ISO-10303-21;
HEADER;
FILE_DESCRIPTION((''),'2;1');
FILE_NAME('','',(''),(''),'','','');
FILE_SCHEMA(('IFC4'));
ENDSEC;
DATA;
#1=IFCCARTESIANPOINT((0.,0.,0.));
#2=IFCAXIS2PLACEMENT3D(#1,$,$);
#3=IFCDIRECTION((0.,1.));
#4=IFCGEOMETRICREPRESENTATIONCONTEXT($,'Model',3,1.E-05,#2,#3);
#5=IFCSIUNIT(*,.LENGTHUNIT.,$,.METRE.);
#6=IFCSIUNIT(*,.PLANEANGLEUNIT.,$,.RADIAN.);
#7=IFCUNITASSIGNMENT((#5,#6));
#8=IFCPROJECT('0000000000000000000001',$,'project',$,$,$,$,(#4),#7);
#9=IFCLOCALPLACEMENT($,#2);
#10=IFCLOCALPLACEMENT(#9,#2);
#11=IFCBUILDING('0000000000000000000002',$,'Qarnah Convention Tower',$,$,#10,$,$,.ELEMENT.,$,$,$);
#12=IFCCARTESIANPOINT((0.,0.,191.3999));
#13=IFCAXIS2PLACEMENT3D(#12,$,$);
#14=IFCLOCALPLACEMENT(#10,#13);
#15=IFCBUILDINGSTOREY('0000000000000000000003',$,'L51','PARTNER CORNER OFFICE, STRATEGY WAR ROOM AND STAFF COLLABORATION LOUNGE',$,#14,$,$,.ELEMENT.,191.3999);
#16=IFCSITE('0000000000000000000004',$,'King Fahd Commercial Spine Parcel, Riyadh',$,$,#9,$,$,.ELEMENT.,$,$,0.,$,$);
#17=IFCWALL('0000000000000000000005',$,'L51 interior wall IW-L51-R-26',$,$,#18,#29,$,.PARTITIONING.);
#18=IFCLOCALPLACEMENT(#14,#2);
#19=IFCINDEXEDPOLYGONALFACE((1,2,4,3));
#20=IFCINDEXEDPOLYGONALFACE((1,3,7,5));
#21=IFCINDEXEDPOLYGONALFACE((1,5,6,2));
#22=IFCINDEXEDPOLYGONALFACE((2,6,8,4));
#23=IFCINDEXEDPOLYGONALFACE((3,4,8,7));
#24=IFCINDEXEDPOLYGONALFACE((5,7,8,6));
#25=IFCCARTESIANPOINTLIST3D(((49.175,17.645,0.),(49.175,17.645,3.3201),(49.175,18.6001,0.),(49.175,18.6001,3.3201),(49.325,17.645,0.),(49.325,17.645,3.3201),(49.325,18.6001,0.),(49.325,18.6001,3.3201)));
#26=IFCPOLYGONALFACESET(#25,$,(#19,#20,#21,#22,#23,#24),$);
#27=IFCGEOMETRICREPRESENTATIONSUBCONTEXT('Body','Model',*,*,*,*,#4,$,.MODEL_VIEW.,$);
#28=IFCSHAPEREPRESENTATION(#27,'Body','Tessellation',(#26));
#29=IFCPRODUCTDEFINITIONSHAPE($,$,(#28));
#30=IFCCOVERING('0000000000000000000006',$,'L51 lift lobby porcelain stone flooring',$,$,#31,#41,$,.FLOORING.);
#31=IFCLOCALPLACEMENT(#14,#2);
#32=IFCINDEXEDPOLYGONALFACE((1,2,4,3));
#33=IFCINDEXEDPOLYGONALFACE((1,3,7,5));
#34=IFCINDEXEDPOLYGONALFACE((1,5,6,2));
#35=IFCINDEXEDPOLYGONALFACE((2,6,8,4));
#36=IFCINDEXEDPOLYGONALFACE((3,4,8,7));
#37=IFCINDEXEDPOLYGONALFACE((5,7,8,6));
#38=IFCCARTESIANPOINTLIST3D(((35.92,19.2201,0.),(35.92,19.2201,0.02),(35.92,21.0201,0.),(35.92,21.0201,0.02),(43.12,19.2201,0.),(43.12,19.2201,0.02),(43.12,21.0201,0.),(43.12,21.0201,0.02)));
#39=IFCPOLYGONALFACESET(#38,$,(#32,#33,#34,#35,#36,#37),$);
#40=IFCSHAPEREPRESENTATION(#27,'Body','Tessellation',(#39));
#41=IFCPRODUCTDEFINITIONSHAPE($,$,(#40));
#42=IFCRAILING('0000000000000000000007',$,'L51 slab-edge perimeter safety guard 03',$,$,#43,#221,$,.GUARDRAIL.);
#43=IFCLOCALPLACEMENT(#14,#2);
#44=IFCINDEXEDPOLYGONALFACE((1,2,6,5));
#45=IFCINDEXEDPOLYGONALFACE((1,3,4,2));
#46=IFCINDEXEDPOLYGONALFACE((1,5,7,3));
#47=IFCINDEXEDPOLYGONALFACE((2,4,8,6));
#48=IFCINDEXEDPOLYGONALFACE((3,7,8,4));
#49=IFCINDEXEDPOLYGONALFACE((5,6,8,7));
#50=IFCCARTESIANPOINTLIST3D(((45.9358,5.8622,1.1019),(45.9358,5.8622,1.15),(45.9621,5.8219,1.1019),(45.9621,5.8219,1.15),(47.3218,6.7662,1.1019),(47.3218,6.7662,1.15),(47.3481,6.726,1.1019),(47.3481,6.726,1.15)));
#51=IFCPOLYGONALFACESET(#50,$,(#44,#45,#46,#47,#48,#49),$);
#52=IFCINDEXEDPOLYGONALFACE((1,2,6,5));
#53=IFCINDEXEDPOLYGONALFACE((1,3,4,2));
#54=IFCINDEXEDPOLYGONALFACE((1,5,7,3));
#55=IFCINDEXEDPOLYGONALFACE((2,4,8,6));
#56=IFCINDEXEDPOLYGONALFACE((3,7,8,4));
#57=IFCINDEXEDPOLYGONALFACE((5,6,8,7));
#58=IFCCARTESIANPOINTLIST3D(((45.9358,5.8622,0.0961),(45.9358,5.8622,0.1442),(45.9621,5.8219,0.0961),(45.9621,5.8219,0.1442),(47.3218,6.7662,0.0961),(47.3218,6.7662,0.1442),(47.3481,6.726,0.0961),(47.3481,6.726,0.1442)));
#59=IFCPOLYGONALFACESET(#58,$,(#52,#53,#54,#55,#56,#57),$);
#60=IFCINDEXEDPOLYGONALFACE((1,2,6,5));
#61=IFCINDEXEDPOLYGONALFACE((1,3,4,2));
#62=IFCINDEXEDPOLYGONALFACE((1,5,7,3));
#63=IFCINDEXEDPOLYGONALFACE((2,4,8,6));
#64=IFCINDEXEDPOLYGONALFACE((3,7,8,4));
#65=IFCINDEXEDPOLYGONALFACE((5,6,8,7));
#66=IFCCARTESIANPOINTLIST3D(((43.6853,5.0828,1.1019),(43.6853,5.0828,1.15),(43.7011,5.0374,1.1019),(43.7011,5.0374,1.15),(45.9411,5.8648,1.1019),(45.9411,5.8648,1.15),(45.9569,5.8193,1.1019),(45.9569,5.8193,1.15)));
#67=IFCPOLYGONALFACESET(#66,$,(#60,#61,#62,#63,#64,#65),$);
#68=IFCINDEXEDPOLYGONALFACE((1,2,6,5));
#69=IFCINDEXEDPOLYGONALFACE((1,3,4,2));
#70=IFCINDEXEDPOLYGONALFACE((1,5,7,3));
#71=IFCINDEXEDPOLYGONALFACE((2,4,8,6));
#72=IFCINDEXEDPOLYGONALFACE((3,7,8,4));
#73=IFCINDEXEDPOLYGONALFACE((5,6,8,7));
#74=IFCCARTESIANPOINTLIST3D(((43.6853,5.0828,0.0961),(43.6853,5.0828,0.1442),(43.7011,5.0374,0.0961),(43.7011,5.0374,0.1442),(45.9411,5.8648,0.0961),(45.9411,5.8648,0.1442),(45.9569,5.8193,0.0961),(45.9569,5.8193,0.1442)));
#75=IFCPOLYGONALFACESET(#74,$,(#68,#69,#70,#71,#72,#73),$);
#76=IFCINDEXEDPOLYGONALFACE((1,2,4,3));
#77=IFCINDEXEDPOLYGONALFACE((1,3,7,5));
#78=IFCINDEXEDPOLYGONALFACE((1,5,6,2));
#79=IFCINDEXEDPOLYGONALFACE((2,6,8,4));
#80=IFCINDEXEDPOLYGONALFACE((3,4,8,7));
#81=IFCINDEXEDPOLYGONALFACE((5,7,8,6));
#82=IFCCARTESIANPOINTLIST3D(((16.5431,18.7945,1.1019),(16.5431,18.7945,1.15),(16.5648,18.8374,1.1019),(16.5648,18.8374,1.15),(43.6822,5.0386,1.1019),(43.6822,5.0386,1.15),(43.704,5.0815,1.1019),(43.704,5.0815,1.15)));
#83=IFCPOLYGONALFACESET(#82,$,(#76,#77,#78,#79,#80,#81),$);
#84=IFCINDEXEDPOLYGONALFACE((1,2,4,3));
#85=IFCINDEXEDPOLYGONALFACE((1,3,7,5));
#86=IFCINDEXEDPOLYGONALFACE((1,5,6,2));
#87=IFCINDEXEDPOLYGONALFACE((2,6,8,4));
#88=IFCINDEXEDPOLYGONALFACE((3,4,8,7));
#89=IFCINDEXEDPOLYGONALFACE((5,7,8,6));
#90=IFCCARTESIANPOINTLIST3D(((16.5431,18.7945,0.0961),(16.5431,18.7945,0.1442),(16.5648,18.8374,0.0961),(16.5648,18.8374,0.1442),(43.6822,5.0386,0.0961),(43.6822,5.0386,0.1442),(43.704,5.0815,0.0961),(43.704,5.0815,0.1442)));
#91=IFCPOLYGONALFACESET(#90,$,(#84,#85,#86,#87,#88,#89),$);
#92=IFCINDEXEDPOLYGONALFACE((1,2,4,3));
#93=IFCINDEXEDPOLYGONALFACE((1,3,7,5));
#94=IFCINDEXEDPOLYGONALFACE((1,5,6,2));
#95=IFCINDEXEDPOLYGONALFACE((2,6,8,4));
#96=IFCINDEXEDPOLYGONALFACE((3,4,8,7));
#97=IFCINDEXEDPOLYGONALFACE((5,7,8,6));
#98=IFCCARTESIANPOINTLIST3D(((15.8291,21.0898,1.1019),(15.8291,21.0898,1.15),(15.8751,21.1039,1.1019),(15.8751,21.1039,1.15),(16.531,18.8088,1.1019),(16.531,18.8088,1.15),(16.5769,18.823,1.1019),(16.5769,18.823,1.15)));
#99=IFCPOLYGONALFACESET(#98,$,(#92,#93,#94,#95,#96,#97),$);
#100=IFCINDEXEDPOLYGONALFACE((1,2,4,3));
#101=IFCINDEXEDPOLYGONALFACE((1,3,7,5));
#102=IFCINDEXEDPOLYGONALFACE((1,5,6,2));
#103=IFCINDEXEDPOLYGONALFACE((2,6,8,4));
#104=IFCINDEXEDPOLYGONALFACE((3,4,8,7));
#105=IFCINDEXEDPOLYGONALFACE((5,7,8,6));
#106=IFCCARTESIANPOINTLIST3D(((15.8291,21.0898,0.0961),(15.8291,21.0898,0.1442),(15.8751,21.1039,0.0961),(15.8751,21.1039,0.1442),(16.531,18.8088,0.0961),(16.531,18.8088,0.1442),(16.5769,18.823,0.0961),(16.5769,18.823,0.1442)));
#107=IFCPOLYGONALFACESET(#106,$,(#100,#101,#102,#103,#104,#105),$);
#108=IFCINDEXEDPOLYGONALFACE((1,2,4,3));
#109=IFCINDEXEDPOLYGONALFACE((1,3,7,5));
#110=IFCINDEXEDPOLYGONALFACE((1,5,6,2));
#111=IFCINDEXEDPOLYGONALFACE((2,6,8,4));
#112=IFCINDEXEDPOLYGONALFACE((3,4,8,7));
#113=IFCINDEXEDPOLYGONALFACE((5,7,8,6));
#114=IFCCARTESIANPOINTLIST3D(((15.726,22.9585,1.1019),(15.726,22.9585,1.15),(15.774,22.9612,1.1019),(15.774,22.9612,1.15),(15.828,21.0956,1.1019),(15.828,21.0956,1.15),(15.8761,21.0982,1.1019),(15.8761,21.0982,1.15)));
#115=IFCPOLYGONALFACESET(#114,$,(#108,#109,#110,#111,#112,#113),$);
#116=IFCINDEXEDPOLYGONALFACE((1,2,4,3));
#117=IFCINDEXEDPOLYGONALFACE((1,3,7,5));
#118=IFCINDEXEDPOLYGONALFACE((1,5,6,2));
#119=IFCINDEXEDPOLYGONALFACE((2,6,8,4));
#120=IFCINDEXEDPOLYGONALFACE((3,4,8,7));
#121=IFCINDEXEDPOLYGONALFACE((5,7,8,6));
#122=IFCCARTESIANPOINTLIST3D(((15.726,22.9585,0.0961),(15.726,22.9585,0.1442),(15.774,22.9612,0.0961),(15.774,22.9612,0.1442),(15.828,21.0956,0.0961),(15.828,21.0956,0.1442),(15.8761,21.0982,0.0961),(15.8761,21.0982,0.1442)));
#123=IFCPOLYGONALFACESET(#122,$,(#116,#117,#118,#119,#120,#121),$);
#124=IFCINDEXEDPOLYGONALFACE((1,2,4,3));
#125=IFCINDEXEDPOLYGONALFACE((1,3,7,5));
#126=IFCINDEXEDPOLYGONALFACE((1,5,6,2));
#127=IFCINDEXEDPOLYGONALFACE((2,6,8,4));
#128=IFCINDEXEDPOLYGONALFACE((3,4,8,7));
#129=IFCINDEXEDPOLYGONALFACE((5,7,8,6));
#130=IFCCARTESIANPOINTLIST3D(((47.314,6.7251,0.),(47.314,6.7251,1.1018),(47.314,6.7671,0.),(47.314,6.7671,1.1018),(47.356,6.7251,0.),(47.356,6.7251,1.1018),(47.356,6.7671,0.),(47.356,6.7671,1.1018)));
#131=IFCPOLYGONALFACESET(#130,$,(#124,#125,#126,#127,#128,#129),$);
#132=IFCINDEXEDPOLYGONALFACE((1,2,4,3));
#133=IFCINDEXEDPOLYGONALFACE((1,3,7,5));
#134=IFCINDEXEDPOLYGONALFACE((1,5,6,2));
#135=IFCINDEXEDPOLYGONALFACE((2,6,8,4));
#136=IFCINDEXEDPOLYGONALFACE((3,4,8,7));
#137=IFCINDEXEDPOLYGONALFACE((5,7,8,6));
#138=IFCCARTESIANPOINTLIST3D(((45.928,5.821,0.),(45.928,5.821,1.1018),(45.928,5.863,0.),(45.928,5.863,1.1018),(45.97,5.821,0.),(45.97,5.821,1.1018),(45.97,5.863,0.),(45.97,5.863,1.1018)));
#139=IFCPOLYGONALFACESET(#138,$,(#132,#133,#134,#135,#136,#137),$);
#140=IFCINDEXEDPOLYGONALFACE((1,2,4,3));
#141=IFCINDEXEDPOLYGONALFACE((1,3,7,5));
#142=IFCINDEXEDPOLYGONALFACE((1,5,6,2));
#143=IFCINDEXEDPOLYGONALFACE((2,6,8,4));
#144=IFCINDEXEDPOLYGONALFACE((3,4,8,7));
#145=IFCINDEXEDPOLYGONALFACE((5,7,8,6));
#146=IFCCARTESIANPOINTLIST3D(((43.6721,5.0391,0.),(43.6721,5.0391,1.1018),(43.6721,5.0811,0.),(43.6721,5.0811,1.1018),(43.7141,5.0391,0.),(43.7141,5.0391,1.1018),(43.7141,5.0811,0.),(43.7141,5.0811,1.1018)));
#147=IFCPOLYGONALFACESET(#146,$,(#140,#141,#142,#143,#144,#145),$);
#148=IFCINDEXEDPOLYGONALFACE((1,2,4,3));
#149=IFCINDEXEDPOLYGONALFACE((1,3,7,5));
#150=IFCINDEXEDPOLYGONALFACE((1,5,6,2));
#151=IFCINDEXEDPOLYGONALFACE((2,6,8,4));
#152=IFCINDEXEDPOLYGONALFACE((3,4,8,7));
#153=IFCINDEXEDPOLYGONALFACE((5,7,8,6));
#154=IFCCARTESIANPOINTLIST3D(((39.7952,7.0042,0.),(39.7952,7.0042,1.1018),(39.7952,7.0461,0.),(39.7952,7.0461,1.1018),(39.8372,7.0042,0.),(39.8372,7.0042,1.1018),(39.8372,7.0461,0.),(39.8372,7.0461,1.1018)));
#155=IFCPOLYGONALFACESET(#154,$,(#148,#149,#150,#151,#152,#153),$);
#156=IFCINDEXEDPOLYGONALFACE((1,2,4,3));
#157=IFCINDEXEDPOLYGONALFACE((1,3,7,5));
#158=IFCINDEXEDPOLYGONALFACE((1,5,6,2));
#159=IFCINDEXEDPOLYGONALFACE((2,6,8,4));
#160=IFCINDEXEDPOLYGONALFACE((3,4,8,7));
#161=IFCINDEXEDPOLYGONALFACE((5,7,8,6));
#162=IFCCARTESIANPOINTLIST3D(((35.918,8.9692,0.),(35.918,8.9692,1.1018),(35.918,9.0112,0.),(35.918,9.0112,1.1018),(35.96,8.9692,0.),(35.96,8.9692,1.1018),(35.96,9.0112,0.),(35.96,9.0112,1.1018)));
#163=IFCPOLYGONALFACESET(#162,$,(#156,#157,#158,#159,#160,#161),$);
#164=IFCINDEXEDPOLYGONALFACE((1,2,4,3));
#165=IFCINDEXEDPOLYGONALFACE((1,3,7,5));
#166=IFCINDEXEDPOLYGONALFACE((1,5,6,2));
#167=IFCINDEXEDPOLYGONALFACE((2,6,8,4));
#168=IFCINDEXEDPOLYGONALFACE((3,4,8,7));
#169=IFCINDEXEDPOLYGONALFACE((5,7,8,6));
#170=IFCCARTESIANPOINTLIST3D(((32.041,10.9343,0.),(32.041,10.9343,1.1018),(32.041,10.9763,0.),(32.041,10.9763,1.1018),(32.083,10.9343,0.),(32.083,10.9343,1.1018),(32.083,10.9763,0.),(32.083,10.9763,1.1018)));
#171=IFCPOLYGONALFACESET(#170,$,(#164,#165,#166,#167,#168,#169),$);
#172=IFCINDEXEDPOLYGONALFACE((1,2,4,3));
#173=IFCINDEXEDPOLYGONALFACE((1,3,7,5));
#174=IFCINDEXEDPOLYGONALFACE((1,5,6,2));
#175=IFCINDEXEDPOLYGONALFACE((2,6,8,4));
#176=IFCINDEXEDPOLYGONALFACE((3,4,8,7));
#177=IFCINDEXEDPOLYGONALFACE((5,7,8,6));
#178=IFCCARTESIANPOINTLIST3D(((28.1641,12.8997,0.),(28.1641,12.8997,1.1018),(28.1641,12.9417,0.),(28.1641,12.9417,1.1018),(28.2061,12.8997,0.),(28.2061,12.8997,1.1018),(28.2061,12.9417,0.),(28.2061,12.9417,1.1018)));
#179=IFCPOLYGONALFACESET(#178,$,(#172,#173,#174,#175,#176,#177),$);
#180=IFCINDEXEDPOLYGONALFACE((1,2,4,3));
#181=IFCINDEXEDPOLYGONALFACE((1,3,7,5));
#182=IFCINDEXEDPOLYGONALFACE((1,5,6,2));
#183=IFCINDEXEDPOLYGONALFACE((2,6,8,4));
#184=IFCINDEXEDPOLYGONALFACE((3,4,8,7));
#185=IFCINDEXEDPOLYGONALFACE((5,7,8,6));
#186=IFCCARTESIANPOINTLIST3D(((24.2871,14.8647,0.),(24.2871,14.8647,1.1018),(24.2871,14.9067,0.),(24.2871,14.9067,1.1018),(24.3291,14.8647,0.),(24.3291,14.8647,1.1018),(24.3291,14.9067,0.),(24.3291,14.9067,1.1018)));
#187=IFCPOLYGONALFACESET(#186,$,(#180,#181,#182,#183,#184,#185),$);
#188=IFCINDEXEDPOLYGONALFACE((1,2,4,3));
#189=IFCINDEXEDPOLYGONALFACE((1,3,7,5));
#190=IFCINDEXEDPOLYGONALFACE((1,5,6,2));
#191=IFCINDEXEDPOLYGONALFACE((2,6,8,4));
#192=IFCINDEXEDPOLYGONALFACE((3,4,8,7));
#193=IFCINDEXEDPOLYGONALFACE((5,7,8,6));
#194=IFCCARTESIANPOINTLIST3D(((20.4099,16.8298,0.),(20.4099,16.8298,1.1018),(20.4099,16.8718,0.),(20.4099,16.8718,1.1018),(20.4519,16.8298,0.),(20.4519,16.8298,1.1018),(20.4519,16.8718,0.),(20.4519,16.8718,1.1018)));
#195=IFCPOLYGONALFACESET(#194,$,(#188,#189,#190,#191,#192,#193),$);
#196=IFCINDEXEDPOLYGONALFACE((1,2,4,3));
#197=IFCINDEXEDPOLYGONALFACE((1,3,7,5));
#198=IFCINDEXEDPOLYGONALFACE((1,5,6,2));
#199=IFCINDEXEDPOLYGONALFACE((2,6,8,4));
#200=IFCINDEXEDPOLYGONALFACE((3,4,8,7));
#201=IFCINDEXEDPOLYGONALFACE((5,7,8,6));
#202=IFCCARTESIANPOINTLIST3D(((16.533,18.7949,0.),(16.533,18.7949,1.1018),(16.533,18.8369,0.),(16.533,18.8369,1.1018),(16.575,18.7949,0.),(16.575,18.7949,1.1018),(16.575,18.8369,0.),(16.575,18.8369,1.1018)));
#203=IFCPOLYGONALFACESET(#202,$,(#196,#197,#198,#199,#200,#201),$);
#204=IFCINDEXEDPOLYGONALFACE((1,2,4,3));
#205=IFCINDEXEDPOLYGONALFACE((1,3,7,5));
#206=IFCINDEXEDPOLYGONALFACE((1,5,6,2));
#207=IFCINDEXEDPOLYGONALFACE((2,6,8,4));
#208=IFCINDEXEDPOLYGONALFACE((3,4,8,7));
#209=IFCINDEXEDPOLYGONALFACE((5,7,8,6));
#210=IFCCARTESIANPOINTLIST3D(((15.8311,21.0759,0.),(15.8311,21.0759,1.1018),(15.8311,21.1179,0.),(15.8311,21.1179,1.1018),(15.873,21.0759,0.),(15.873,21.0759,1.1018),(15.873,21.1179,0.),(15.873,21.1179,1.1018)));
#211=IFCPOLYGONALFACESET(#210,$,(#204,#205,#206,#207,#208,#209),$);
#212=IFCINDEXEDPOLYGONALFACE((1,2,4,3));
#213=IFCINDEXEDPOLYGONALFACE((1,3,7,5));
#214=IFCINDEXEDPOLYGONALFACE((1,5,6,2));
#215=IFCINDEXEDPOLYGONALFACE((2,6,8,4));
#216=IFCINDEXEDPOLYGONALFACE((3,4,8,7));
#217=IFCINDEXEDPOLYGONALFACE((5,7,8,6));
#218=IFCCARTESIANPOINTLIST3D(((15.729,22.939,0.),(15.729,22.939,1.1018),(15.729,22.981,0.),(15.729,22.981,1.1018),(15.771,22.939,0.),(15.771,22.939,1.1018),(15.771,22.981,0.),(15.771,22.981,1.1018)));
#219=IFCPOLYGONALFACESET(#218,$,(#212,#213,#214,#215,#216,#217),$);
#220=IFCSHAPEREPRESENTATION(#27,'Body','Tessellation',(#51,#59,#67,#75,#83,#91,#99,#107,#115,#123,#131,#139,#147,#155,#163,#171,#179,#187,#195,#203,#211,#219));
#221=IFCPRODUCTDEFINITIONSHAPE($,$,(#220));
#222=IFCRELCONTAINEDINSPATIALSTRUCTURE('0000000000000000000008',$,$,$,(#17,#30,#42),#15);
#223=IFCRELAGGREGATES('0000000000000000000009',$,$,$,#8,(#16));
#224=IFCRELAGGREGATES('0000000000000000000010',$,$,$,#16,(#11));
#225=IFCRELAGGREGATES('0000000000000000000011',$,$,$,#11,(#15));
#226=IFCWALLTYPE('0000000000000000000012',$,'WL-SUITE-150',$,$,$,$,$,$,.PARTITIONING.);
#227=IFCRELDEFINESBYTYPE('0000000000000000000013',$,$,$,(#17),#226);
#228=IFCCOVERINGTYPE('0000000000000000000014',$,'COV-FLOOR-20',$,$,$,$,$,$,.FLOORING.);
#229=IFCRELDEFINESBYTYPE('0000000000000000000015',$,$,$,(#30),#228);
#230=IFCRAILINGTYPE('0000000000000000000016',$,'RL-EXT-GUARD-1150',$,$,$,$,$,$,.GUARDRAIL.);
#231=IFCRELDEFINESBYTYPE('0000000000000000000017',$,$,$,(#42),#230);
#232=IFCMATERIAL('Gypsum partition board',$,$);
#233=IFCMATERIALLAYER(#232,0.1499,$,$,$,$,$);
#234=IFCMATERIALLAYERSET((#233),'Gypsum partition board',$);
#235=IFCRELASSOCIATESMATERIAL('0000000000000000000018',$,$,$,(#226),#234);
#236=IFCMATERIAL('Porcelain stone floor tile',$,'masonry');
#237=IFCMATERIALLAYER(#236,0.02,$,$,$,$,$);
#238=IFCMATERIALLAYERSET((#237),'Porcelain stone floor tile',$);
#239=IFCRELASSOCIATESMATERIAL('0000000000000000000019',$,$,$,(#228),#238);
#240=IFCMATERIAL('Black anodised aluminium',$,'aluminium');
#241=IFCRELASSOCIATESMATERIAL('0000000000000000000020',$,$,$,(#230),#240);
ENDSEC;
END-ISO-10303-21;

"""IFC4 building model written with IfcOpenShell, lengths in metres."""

from ifc_helpers import new_model, si_unit, direction, frame, frame_2d, origin, origin_2d, place, context, subcontext, project, spatial, rectangle, extrude, material, layer, layer_set, type_object, element, save


model = new_model("IFC4")

# Units and contexts
model_context = context("Model", 3, precision=1e-05, world=origin(), true_north=direction((0.0, 1.0)))
body_context = subcontext(model_context, "Body", "Model", "MODEL_VIEW")
ifc_project = project(units=[si_unit("LENGTHUNIT", "METRE"), si_unit("PLANEANGLEUNIT", "RADIAN")], contexts=[model_context])

# Site, building, storey
site_placement = place(None, origin())
site = spatial("IfcSite", under=ifc_project, at=site_placement, Name="King Fahd Commercial Spine Parcel, Riyadh", CompositionType="ELEMENT", RefElevation=0.0)
building_placement = place(site_placement, origin())
building = spatial("IfcBuilding", under=site, at=building_placement, Name="Qarnah Convention Tower", CompositionType="ELEMENT")
storey_placement = place(building_placement, frame((0.0, 0.0, 191.3999)))
storey = spatial("IfcBuildingStorey", under=building, at=storey_placement, Name="L51", Description="PARTNER CORNER OFFICE, STRATEGY WAR ROOM AND STAFF COLLABORATION LOUNGE", CompositionType="ELEMENT", Elevation=191.3999)

# Shared definitions
ifc_material_1 = material(Name="Black anodised aluminium", Category="aluminium")

# Shared definitions
ifc_material_2 = material(Name="Gypsum partition board")
ifc_layer_1 = layer(ifc_material_2, 0.1499)
ifc_layer_set_1 = layer_set([ifc_layer_1], Name="Gypsum partition board")
wall_type_1 = type_object("IfcWallType", Name="WL-SUITE-150", PredefinedType="PARTITIONING", material=ifc_layer_set_1)

# Wall
wall_1_placement = place(storey_placement, frame((49.25, 18.6001, 0.0), z_axis=(0.0, 0.0, 1.0), x_axis=(0.0, -1.0, 0.0)))
element("IfcWall", 1, at=wall_1_placement, inside=storey, type_object=wall_type_1, Name="L51 interior wall IW-L51-R-26", PredefinedType="PARTITIONING", context=body_context, shape_type="SweptSolid", body=[
    extrude(rectangle(XDim=0.9551, YDim=0.1499, at=frame_2d((0.4775, 0.0))), origin(), (0.0, 0.0, 1.0), 3.3201),
])

# Covering
ifc_material_3 = material(Name="Porcelain stone floor tile", Category="masonry")
ifc_layer_2 = layer(ifc_material_3, 0.02)
ifc_layer_set_2 = layer_set([ifc_layer_2], Name="Porcelain stone floor tile")
covering_type = type_object("IfcCoveringType", Name="COV-FLOOR-20", PredefinedType="FLOORING", material=ifc_layer_set_2)
covering_placement = place(storey_placement, frame((39.52, 20.1201, 0.0), z_axis=(0.0, 0.0, 1.0), x_axis=(1.0, 0.0, 0.0)))
element("IfcCovering", 2, at=covering_placement, inside=storey, type_object=covering_type, Name="L51 lift lobby porcelain stone flooring", PredefinedType="FLOORING", context=body_context, shape_type="SweptSolid", body=[
    extrude(rectangle(XDim=7.2, YDim=1.8, at=origin_2d()), origin(), (0.0, 0.0, 1.0), 0.02),
])

# Railing
railing_type = type_object("IfcRailingType", Name="RL-EXT-GUARD-1150", PredefinedType="GUARDRAIL", material=ifc_material_1)
railing_1_placement = place(storey_placement, frame((47.335, 6.7461, 0.0)))
element("IfcRailing", 3, at=railing_1_placement, inside=storey, type_object=railing_type, Name="L51 slab-edge perimeter safety guard 03", PredefinedType="GUARDRAIL", context=body_context, shape_type="SweptSolid", body=[
    extrude(rectangle(XDim=0.0481, YDim=0.0481, at=origin_2d()), frame((0.0, 0.0, 1.126), z_axis=(-0.83757, -0.546331, 0.0), x_axis=(0.546331, -0.83757, 0.0)), (0.0, 0.0, 1.0), 1.6548),
    extrude(rectangle(XDim=0.0481, YDim=0.0481, at=origin_2d()), frame((0.0, 0.0, 0.1201), z_axis=(-0.83757, -0.546331, 0.0), x_axis=(0.546331, -0.83757, 0.0)), (0.0, 0.0, 1.0), 1.6548),
    extrude(rectangle(XDim=0.0481, YDim=0.0481, at=origin_2d()), frame((-1.386, -0.9041, 1.126), z_axis=(-0.944843, -0.327525, 0.0), x_axis=(0.327525, -0.944843, 0.0)), (0.0, 0.0, 1.0), 2.3875),
    extrude(rectangle(XDim=0.0481, YDim=0.0481, at=origin_2d()), frame((-1.386, -0.9041, 0.1201), z_axis=(-0.944843, -0.327525, 0.0), x_axis=(0.327525, -0.944843, 0.0)), (0.0, 0.0, 1.0), 2.3875),
    extrude(rectangle(XDim=0.0481, YDim=0.0481, at=origin_2d()), frame((-3.6418, -1.686, 1.126), z_axis=(-0.891965, 0.452105, 0.0), x_axis=(-0.452105, -0.891965, 0.0)), (0.0, 0.0, 1.0), 30.4263),
    extrude(rectangle(XDim=0.0481, YDim=0.0481, at=origin_2d()), frame((-3.6418, -1.686, 0.1201), z_axis=(-0.891965, 0.452105, 0.0), x_axis=(-0.452105, -0.891965, 0.0)), (0.0, 0.0, 1.0), 30.4263),
    extrude(rectangle(XDim=0.0481, YDim=0.0481, at=origin_2d()), frame((-30.781, 12.0698, 1.126), z_axis=(-0.294107, 0.955772, 0.0), x_axis=(-0.955772, -0.294107, 0.0)), (0.0, 0.0, 1.0), 2.3865),
    extrude(rectangle(XDim=0.0481, YDim=0.0481, at=origin_2d()), frame((-30.781, 12.0698, 0.1201), z_axis=(-0.294107, 0.955772, 0.0), x_axis=(-0.955772, -0.294107, 0.0)), (0.0, 0.0, 1.0), 2.3865),
    extrude(rectangle(XDim=0.0481, YDim=0.0481, at=origin_2d()), frame((-31.4829, 14.3508, 1.126), z_axis=(-0.054695, 0.998503, 0.0), x_axis=(-0.998503, -0.054695, 0.0)), (0.0, 0.0, 1.0), 1.8657),
    extrude(rectangle(XDim=0.0481, YDim=0.0481, at=origin_2d()), frame((-31.4829, 14.3508, 0.1201), z_axis=(-0.054695, 0.998503, 0.0), x_axis=(-0.998503, -0.054695, 0.0)), (0.0, 0.0, 1.0), 1.8657),
    extrude(rectangle(XDim=0.042, YDim=0.042, at=origin_2d()), origin(), (0.0, 0.0, 1.0), 1.1018),
    extrude(rectangle(XDim=0.042, YDim=0.042, at=origin_2d()), frame((-1.386, -0.9041, 0.0)), (0.0, 0.0, 1.0), 1.1018),
    extrude(rectangle(XDim=0.042, YDim=0.042, at=origin_2d()), frame((-3.6418, -1.686, 0.0)), (0.0, 0.0, 1.0), 1.1018),
    extrude(rectangle(XDim=0.042, YDim=0.042, at=origin_2d()), frame((-7.5188, 0.2791, 0.0)), (0.0, 0.0, 1.0), 1.1018),
    extrude(rectangle(XDim=0.042, YDim=0.042, at=origin_2d()), frame((-11.396, 2.2441, 0.0)), (0.0, 0.0, 1.0), 1.1018),
    extrude(rectangle(XDim=0.042, YDim=0.042, at=origin_2d()), frame((-15.2729, 4.2092, 0.0)), (0.0, 0.0, 1.0), 1.1018),
    extrude(rectangle(XDim=0.042, YDim=0.042, at=origin_2d()), frame((-19.1499, 6.1746, 0.0)), (0.0, 0.0, 1.0), 1.1018),
    extrude(rectangle(XDim=0.042, YDim=0.042, at=origin_2d()), frame((-23.0269, 8.1396, 0.0)), (0.0, 0.0, 1.0), 1.1018),
    extrude(rectangle(XDim=0.042, YDim=0.042, at=origin_2d()), frame((-26.9041, 10.1047, 0.0)), (0.0, 0.0, 1.0), 1.1018),
    extrude(rectangle(XDim=0.042, YDim=0.042, at=origin_2d()), frame((-30.781, 12.0698, 0.0)), (0.0, 0.0, 1.0), 1.1018),
    extrude(rectangle(XDim=0.042, YDim=0.042, at=origin_2d()), frame((-31.4829, 14.3508, 0.0)), (0.0, 0.0, 1.0), 1.1018),
    extrude(rectangle(XDim=0.042, YDim=0.042, at=origin_2d()), frame((-31.585, 16.2139, 0.0)), (0.0, 0.0, 1.0), 1.1018),
])

save(model, "model.ifc")
